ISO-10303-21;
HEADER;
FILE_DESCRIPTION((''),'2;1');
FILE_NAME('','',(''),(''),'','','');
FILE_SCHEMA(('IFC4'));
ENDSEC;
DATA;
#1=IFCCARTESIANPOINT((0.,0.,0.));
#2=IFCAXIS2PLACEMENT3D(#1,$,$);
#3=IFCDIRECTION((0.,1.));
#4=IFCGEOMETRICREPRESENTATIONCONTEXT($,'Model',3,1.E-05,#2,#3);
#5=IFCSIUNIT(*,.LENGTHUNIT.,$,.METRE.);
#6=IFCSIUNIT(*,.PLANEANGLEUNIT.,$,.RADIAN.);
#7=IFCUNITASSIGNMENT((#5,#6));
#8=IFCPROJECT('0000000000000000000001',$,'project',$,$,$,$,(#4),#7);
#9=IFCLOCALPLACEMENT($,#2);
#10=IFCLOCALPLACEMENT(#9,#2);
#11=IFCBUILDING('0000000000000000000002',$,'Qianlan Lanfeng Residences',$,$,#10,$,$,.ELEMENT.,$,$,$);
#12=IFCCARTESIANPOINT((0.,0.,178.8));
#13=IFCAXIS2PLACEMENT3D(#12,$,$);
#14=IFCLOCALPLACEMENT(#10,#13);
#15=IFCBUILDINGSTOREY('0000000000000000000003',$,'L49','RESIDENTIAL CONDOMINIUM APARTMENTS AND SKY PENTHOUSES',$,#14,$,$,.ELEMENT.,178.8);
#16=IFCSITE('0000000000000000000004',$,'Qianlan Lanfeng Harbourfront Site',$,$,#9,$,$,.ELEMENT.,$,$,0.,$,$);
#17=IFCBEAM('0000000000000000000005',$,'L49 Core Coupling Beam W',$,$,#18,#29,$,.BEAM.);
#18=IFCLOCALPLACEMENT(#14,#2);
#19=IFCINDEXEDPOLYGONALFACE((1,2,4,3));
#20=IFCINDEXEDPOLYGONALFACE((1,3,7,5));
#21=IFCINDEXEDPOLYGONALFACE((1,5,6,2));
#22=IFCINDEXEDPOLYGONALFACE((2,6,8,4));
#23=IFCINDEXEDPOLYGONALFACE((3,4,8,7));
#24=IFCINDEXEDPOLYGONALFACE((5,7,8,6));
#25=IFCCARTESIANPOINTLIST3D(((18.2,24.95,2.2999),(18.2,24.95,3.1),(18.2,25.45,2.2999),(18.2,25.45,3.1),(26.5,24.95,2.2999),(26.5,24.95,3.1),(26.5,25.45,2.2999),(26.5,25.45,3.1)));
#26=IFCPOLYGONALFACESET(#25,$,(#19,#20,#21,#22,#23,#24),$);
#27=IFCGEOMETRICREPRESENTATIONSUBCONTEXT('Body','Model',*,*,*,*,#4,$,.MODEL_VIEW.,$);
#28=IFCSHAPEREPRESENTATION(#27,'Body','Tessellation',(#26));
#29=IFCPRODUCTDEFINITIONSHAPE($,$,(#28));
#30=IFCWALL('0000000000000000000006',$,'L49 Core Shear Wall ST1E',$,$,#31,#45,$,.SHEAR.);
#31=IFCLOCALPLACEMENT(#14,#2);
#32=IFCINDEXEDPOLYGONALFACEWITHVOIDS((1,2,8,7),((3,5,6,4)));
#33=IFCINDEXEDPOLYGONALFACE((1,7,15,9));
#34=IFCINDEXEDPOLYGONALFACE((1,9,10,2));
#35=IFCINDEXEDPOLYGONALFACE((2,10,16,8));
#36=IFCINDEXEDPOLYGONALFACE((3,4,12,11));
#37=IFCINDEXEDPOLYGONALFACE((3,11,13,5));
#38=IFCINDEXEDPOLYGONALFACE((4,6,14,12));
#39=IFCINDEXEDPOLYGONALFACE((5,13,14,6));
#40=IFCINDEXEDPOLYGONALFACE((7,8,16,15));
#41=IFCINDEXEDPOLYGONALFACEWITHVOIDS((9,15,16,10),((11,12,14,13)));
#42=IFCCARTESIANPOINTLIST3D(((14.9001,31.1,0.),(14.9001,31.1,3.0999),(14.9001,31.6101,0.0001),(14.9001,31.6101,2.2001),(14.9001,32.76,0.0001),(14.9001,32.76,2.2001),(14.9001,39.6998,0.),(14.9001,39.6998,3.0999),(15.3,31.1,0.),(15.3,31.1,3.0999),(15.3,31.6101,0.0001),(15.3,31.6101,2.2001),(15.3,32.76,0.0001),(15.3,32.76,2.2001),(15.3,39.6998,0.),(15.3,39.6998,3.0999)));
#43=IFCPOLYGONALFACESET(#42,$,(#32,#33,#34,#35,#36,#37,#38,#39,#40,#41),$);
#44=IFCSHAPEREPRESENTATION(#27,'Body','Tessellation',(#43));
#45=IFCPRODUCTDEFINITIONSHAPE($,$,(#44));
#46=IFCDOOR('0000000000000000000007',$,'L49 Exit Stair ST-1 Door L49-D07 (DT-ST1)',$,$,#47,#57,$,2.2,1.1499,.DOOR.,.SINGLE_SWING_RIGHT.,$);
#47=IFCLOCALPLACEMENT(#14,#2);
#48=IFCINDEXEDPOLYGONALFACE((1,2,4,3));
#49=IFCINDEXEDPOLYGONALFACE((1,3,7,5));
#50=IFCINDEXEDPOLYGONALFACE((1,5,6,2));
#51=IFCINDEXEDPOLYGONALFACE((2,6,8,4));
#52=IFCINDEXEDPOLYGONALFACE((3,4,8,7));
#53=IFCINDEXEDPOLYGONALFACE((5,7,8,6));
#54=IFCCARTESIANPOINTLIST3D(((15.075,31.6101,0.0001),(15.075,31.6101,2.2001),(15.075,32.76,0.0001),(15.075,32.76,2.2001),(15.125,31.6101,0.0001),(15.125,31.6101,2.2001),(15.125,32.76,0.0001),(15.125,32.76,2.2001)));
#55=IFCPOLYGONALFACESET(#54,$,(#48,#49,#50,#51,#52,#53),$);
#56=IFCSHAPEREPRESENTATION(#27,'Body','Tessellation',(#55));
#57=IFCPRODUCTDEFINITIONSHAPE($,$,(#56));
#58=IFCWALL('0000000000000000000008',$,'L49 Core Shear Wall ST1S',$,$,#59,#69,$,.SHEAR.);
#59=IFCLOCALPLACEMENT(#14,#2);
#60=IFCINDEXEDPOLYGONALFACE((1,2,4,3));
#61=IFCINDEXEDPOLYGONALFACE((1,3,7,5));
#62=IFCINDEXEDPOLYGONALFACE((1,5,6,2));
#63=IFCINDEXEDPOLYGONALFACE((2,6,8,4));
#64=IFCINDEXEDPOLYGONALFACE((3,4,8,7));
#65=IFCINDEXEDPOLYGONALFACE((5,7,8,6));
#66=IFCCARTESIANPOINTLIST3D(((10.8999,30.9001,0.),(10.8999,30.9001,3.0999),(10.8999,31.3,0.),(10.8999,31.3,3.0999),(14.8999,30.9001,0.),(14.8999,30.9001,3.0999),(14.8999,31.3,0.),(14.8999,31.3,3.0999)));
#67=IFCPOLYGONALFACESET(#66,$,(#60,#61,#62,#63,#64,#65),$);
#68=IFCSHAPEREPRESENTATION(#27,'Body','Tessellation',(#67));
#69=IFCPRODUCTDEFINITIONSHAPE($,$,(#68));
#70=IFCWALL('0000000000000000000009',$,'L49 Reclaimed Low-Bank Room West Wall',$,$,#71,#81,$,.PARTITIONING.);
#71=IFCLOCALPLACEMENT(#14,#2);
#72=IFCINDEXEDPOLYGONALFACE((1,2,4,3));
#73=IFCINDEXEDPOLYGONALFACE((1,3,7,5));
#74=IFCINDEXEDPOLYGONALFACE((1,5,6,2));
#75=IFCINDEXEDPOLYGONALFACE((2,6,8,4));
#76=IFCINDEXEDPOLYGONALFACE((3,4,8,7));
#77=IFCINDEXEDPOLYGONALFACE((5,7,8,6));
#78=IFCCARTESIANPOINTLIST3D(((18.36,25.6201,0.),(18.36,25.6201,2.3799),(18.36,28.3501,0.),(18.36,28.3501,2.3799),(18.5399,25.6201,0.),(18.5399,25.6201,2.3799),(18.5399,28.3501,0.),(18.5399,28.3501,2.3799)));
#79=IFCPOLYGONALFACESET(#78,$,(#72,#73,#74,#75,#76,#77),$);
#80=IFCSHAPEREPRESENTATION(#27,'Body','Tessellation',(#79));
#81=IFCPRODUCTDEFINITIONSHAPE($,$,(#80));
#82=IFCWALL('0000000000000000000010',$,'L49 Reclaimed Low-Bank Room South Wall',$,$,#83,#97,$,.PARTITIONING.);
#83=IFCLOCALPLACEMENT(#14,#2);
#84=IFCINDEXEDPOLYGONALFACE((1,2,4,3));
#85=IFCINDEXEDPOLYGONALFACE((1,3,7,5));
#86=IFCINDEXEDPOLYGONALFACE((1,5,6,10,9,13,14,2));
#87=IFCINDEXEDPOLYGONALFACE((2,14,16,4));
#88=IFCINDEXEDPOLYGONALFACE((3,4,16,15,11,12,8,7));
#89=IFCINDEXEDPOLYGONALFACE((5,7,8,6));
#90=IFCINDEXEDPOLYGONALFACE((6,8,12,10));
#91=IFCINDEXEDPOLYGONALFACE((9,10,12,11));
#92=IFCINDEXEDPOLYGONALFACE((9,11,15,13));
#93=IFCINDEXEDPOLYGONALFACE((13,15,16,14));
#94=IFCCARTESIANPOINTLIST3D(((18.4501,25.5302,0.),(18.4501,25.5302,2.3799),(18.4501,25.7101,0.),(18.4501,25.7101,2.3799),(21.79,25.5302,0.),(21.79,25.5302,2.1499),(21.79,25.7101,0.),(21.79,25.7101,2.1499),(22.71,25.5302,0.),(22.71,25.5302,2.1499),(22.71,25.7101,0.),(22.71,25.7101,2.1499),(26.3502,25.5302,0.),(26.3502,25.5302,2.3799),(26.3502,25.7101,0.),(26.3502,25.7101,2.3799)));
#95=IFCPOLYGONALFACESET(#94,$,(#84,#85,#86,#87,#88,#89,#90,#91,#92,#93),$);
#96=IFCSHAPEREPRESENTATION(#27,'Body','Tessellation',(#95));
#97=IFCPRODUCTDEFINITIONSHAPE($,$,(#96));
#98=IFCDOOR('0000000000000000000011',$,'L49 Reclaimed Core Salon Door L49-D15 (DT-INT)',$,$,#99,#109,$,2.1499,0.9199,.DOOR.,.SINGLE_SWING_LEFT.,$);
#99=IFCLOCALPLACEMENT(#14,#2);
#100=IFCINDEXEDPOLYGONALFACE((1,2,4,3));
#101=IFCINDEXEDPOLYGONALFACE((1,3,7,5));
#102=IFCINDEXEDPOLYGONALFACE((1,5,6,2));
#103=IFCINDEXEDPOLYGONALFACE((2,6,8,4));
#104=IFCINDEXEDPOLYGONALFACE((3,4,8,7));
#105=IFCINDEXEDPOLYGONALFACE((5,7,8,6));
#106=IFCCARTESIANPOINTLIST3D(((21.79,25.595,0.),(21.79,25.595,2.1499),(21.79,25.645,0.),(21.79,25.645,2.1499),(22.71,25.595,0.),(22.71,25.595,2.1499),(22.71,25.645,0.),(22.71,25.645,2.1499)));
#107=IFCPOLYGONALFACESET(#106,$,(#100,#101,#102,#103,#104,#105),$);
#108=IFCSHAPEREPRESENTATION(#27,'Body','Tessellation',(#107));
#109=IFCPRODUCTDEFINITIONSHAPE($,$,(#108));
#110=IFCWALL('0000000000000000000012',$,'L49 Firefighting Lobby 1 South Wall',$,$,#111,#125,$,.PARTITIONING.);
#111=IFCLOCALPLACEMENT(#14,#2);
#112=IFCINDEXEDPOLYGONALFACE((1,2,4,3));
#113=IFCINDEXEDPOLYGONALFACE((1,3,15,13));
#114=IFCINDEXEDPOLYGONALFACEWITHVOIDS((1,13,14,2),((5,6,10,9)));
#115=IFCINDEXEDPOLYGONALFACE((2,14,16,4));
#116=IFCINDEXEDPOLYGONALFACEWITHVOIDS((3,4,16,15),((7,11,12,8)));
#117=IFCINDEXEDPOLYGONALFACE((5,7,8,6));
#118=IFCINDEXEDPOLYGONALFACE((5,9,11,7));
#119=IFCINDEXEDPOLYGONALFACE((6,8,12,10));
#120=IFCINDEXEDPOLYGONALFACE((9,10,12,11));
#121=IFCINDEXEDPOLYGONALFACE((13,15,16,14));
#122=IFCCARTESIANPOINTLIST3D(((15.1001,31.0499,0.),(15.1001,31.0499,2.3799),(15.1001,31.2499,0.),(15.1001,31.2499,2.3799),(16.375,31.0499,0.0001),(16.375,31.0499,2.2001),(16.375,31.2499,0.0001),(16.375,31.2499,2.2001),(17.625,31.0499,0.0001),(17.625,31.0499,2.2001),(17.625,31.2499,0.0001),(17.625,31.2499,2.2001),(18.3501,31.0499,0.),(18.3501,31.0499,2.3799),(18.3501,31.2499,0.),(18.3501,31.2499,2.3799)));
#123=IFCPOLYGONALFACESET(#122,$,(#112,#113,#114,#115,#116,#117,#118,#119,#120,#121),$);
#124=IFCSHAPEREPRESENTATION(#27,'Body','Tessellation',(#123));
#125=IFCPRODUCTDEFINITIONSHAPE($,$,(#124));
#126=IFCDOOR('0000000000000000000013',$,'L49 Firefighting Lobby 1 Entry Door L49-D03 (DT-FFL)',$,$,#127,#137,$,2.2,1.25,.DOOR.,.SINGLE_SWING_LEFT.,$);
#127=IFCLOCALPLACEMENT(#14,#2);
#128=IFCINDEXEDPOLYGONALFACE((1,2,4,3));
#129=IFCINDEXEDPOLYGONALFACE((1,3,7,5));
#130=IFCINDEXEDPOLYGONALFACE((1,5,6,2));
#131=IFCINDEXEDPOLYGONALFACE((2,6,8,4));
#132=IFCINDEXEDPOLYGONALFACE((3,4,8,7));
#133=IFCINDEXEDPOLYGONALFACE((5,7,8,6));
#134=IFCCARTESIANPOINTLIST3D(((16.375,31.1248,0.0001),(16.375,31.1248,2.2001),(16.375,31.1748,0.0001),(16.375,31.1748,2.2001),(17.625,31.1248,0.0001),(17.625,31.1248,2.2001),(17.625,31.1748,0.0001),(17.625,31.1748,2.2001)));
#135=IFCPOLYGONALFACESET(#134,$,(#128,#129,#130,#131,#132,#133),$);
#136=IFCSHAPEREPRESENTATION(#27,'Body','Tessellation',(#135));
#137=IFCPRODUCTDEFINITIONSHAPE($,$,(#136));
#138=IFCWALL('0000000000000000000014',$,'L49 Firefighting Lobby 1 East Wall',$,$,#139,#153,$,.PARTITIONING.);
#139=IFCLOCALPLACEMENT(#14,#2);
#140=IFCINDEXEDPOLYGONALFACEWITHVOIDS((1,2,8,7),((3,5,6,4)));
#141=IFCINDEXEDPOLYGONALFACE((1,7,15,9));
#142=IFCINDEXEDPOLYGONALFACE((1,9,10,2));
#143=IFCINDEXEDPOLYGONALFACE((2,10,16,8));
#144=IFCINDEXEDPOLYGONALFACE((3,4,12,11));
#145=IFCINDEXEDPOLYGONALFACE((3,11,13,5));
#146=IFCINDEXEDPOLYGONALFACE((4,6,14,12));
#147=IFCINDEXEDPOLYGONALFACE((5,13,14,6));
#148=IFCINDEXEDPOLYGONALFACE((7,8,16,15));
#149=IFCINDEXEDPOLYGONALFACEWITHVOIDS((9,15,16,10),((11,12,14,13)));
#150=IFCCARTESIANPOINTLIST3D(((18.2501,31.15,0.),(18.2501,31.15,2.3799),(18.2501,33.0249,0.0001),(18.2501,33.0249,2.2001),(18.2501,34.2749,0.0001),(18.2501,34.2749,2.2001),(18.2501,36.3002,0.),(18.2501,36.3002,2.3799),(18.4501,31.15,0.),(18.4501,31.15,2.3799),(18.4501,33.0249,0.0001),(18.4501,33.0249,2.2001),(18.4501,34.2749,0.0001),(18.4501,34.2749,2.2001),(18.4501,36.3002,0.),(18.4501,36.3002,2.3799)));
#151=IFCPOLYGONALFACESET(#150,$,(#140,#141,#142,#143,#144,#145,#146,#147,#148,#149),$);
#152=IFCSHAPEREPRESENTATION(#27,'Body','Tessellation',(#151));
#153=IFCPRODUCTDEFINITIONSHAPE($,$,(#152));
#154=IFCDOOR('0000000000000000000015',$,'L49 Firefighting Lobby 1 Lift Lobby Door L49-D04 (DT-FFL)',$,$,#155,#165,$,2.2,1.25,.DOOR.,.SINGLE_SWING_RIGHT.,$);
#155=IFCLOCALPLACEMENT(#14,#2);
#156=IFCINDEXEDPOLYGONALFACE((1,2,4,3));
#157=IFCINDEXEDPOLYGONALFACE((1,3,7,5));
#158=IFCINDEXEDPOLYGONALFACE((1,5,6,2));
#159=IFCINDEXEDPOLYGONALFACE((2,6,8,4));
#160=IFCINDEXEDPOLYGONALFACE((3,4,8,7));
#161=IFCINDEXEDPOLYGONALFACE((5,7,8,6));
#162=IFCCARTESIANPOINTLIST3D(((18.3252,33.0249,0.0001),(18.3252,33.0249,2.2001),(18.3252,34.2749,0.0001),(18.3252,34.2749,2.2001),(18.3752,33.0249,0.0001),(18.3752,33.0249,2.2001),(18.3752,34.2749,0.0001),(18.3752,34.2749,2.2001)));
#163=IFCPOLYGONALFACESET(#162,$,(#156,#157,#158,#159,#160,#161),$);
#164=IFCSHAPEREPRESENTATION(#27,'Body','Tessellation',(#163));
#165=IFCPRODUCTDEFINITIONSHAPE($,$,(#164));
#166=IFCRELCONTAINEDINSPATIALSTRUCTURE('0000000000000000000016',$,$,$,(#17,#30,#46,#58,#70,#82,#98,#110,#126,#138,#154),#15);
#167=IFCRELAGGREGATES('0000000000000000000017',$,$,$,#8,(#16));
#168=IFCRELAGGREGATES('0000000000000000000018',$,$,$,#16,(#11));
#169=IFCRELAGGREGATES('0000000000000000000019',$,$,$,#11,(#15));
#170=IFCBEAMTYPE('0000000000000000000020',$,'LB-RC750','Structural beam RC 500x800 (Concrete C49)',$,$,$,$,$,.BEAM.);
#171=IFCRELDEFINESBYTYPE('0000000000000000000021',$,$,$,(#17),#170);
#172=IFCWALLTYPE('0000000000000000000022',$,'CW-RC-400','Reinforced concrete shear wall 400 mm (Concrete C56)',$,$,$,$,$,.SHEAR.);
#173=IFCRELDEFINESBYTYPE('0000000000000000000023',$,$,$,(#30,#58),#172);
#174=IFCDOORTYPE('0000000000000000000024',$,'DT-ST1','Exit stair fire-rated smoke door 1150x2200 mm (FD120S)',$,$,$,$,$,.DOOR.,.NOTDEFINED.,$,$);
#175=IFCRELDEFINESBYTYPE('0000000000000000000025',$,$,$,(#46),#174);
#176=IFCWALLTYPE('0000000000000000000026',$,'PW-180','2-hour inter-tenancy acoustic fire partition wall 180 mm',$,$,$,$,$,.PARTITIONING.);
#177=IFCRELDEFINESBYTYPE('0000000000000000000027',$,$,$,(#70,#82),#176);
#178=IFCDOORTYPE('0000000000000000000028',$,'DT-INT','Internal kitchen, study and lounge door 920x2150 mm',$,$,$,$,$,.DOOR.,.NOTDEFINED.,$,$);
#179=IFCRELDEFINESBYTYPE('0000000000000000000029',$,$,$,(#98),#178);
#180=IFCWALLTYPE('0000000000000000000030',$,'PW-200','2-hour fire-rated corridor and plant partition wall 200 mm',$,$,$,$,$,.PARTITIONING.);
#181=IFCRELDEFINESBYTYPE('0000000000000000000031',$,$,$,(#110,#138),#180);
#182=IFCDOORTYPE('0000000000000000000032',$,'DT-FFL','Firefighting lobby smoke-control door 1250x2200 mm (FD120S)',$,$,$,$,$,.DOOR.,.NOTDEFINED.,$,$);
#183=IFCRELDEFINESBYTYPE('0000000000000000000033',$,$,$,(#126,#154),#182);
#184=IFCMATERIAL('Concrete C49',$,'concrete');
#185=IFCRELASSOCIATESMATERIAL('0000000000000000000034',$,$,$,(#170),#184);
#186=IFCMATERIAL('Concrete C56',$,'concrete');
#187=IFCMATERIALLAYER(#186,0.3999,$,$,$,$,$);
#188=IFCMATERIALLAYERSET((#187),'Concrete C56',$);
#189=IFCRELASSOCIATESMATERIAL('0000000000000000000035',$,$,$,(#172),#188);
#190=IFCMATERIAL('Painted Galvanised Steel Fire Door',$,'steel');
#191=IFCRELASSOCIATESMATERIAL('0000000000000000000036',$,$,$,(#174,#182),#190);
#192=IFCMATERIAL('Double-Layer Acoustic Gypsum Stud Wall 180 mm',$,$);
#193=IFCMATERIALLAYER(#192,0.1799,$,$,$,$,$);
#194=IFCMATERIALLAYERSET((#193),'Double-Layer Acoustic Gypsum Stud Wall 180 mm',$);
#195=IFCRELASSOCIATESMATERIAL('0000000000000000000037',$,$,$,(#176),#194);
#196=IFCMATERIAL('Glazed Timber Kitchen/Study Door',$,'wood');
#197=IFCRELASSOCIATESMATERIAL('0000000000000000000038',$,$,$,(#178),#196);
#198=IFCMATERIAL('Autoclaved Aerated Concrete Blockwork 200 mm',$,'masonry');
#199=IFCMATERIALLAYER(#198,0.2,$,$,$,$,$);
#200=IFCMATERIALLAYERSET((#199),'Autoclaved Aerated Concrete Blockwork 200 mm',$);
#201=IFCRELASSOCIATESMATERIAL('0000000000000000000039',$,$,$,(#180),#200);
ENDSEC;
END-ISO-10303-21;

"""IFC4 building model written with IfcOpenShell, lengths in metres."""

from ifc_helpers import new_model, si_unit, direction, frame, frame_2d, origin, origin_2d, place, context, subcontext, project, spatial, rectangle, extrude, material, layer, layer_set, material_profile, profile_set, type_object, element, fill, save


model = new_model("IFC4")

# Units and contexts
model_context = context("Model", 3, precision=1e-05, world=origin(), true_north=direction((0.0, 1.0)))
body_context = subcontext(model_context, "Body", "Model", "MODEL_VIEW")
ifc_project = project(units=[si_unit("LENGTHUNIT", "METRE"), si_unit("PLANEANGLEUNIT", "RADIAN")], contexts=[model_context])

# Site, building, storey
site_placement = place(None, origin())
site = spatial("IfcSite", under=ifc_project, at=site_placement, Name="Qianlan Lanfeng Harbourfront Site", CompositionType="ELEMENT", RefElevation=0.0)
building_placement = place(site_placement, origin())
building = spatial("IfcBuilding", under=site, at=building_placement, Name="Qianlan Lanfeng Residences", CompositionType="ELEMENT")
storey_placement = place(building_placement, frame((0.0, 0.0, 178.8)))
storey = spatial("IfcBuildingStorey", under=building, at=storey_placement, Name="L49", Description="RESIDENTIAL CONDOMINIUM APARTMENTS AND SKY PENTHOUSES", CompositionType="ELEMENT", Elevation=178.8)

# Beam
ifc_material_1 = material(Name="Concrete C49", Category="concrete")
ifc_material_profile = material_profile(ifc_material_1, rectangle(XDim=0.5, YDim=0.8, at=origin_2d()), Name="RC 500x800")
ifc_profile_set = profile_set([ifc_material_profile], Name="Concrete C49")
beam_type = type_object("IfcBeamType", Name="LB-RC750", Description="Structural beam RC 500x800 (Concrete C49)", PredefinedType="BEAM", material=ifc_profile_set)
beam_placement = place(storey_placement, frame((18.2, 25.2, 2.7), z_axis=(1.0, 0.0, 0.0), x_axis=(0.0, 1.0, 0.0)))
element("IfcBeam", 1, at=beam_placement, inside=storey, type_object=beam_type, Name="L49 Core Coupling Beam W", PredefinedType="BEAM", context=body_context, shape_type="SweptSolid", body=[
    extrude(rectangle(XDim=0.5, YDim=0.8, at=origin_2d()), origin(), (0.0, 0.0, 1.0), 8.3),
])

# Wall, opening, door
ifc_material_2 = material(Name="Concrete C56", Category="concrete")
ifc_layer_1 = layer(ifc_material_2, 0.3999)
ifc_layer_set_1 = layer_set([ifc_layer_1], Name="Concrete C56")
wall_type_1 = type_object("IfcWallType", Name="CW-RC-400", Description="Reinforced concrete shear wall 400 mm (Concrete C56)", PredefinedType="SHEAR", material=ifc_layer_set_1)
wall_1_placement = place(storey_placement, frame((15.1001, 31.1001, 0.0), z_axis=(0.0, 0.0, 1.0), x_axis=(0.0, 1.0, 0.0)))
wall_1 = element("IfcWall", 2, at=wall_1_placement, inside=storey, type_object=wall_type_1, Name="L49 Core Shear Wall ST1E", PredefinedType="SHEAR", context=body_context, shape_type="SweptSolid", body=[
    extrude(rectangle(XDim=8.5999, YDim=0.3999, at=frame_2d((4.2998, 0.0))), origin(), (0.0, 0.0, 1.0), 3.0999),
])
opening_1_placement = place(wall_1_placement, frame((0.51, 0.0, 0.0)))
opening_1 = element("IfcOpeningElement", 3, at=opening_1_placement, cuts=wall_1, PredefinedType="OPENING", context=body_context, shape_type="SweptSolid", body=[
    extrude(rectangle(XDim=1.1499, YDim=2.2, at=frame_2d((0.575, 1.1001))), frame((0.0, 0.21, 0.0), z_axis=(0.0, -1.0, 0.0), x_axis=(1.0, 0.0, 0.0)), (0.0, 0.0, 1.0), 0.4199),
])
ifc_material_3 = material(Name="Painted Galvanised Steel Fire Door", Category="steel")
door_type_1 = type_object("IfcDoorType", Name="DT-ST1", Description="Exit stair fire-rated smoke door 1150x2200 mm (FD120S)", OperationType="NOTDEFINED", PredefinedType="DOOR", material=ifc_material_3)
door_1_placement = place(opening_1_placement, frame((1.1499, 0.0, 0.0), z_axis=(0.0, 0.0, 1.0), x_axis=(-1.0, 0.0, 0.0)))
door_1 = element("IfcDoor", 4, at=door_1_placement, inside=storey, type_object=door_type_1, Name="L49 Exit Stair ST-1 Door L49-D07 (DT-ST1)", OperationType="SINGLE_SWING_RIGHT", OverallHeight=2.2, OverallWidth=1.1499, PredefinedType="DOOR", context=body_context, shape_type="SweptSolid", body=[
    extrude(rectangle(XDim=1.1499, YDim=2.2, at=frame_2d((0.575, 1.1001))), frame((0.0, 0.0249, 0.0), z_axis=(0.0, -1.0, 0.0), x_axis=(1.0, 0.0, 0.0)), (0.0, 0.0, 1.0), 0.05),
])
fill(opening_1, door_1)

# Wall
wall_2_placement = place(storey_placement, frame((10.8999, 31.1001, 0.0), z_axis=(0.0, 0.0, 1.0), x_axis=(1.0, 0.0, 0.0)))
element("IfcWall", 5, at=wall_2_placement, inside=storey, type_object=wall_type_1, Name="L49 Core Shear Wall ST1S", PredefinedType="SHEAR", context=body_context, shape_type="SweptSolid", body=[
    extrude(rectangle(XDim=4.0, YDim=0.3999, at=frame_2d((2.0, 0.0))), origin(), (0.0, 0.0, 1.0), 3.0999),
])

# Shared definitions
ifc_material_4 = material(Name="Double-Layer Acoustic Gypsum Stud Wall 180 mm")
ifc_layer_2 = layer(ifc_material_4, 0.1799)
ifc_layer_set_2 = layer_set([ifc_layer_2], Name="Double-Layer Acoustic Gypsum Stud Wall 180 mm")
wall_type_2 = type_object("IfcWallType", Name="PW-180", Description="2-hour inter-tenancy acoustic fire partition wall 180 mm", PredefinedType="PARTITIONING", material=ifc_layer_set_2)
ifc_material_5 = material(Name="Glazed Timber Kitchen/Study Door", Category="wood")
door_type_2 = type_object("IfcDoorType", Name="DT-INT", Description="Internal kitchen, study and lounge door 920x2150 mm", OperationType="NOTDEFINED", PredefinedType="DOOR", material=ifc_material_5)

# Wall
wall_3_placement = place(storey_placement, frame((18.45, 25.6201, 0.0), z_axis=(0.0, 0.0, 1.0), x_axis=(0.0, 1.0, 0.0)))
element("IfcWall", 6, at=wall_3_placement, inside=storey, type_object=wall_type_2, Name="L49 Reclaimed Low-Bank Room West Wall", PredefinedType="PARTITIONING", context=body_context, shape_type="SweptSolid", body=[
    extrude(rectangle(XDim=2.73, YDim=0.1799, at=frame_2d((1.365, 0.0))), origin(), (0.0, 0.0, 1.0), 2.3799),
])

# Walls, openings, doors
wall_4_placement = place(storey_placement, frame((18.45, 25.6201, 0.0), z_axis=(0.0, 0.0, 1.0), x_axis=(1.0, 0.0, 0.0)))
wall_4 = element("IfcWall", 7, at=wall_4_placement, inside=storey, type_object=wall_type_2, Name="L49 Reclaimed Low-Bank Room South Wall", PredefinedType="PARTITIONING", context=body_context, shape_type="SweptSolid", body=[
    extrude(rectangle(XDim=7.9001, YDim=0.1799, at=frame_2d((3.9502, 0.0))), origin(), (0.0, 0.0, 1.0), 2.3799),
])
opening_2_placement = place(wall_4_placement, frame((3.3401, 0.0, 0.0)))
opening_2 = element("IfcOpeningElement", 8, at=opening_2_placement, cuts=wall_4, PredefinedType="OPENING", context=body_context, shape_type="SweptSolid", body=[
    extrude(rectangle(XDim=0.9199, YDim=2.1499, at=frame_2d((0.46, 1.075))), frame((0.0, 0.1001, 0.0), z_axis=(0.0, -1.0, 0.0), x_axis=(1.0, 0.0, 0.0)), (0.0, 0.0, 1.0), 0.2),
])
door_2_placement = place(opening_2_placement, origin())
door_2 = element("IfcDoor", 9, at=door_2_placement, inside=storey, type_object=door_type_2, Name="L49 Reclaimed Core Salon Door L49-D15 (DT-INT)", OperationType="SINGLE_SWING_LEFT", OverallHeight=2.1499, OverallWidth=0.9199, PredefinedType="DOOR", context=body_context, shape_type="SweptSolid", body=[
    extrude(rectangle(XDim=0.9199, YDim=2.1499, at=frame_2d((0.46, 1.075))), frame((0.0, 0.0249, 0.0), z_axis=(0.0, -1.0, 0.0), x_axis=(1.0, 0.0, 0.0)), (0.0, 0.0, 1.0), 0.05),
])
fill(opening_2, door_2)
ifc_material_6 = material(Name="Autoclaved Aerated Concrete Blockwork 200 mm", Category="masonry")
ifc_layer_3 = layer(ifc_material_6, 0.2)
ifc_layer_set_3 = layer_set([ifc_layer_3], Name="Autoclaved Aerated Concrete Blockwork 200 mm")
wall_type_3 = type_object("IfcWallType", Name="PW-200", Description="2-hour fire-rated corridor and plant partition wall 200 mm", PredefinedType="PARTITIONING", material=ifc_layer_set_3)
wall_5_placement = place(storey_placement, frame((15.1001, 31.1499, 0.0), z_axis=(0.0, 0.0, 1.0), x_axis=(1.0, 0.0, 0.0)))
wall_5 = element("IfcWall", 10, at=wall_5_placement, inside=storey, type_object=wall_type_3, Name="L49 Firefighting Lobby 1 South Wall", PredefinedType="PARTITIONING", context=body_context, shape_type="SweptSolid", body=[
    extrude(rectangle(XDim=3.25, YDim=0.2, at=frame_2d((1.625, 0.0))), origin(), (0.0, 0.0, 1.0), 2.3799),
])
opening_3_placement = place(wall_5_placement, frame((1.2749, 0.0, 0.0)))
opening_3 = element("IfcOpeningElement", 11, at=opening_3_placement, cuts=wall_5, PredefinedType="OPENING", context=body_context, shape_type="SweptSolid", body=[
    extrude(rectangle(XDim=1.25, YDim=2.2, at=frame_2d((0.625, 1.1001))), frame((0.0, 0.1099, 0.0), z_axis=(0.0, -1.0, 0.0), x_axis=(1.0, 0.0, 0.0)), (0.0, 0.0, 1.0), 0.22),
])
door_type_3 = type_object("IfcDoorType", Name="DT-FFL", Description="Firefighting lobby smoke-control door 1250x2200 mm (FD120S)", OperationType="NOTDEFINED", PredefinedType="DOOR", material=ifc_material_3)
door_3_placement = place(opening_3_placement, origin())
door_3 = element("IfcDoor", 12, at=door_3_placement, inside=storey, type_object=door_type_3, Name="L49 Firefighting Lobby 1 Entry Door L49-D03 (DT-FFL)", OperationType="SINGLE_SWING_LEFT", OverallHeight=2.2, OverallWidth=1.25, PredefinedType="DOOR", context=body_context, shape_type="SweptSolid", body=[
    extrude(rectangle(XDim=1.25, YDim=2.2, at=frame_2d((0.625, 1.1001))), frame((0.0, 0.0249, 0.0), z_axis=(0.0, -1.0, 0.0), x_axis=(1.0, 0.0, 0.0)), (0.0, 0.0, 1.0), 0.05),
])
fill(opening_3, door_3)
wall_6_placement = place(storey_placement, frame((18.3501, 31.1499, 0.0), z_axis=(0.0, 0.0, 1.0), x_axis=(0.0, 1.0, 0.0)))
wall_6 = element("IfcWall", 13, at=wall_6_placement, inside=storey, type_object=wall_type_3, Name="L49 Firefighting Lobby 1 East Wall", PredefinedType="PARTITIONING", context=body_context, shape_type="SweptSolid", body=[
    extrude(rectangle(XDim=5.1501, YDim=0.2, at=frame_2d((2.5752, 0.0))), origin(), (0.0, 0.0, 1.0), 2.3799),
])
opening_4_placement = place(wall_6_placement, frame((1.875, 0.0, 0.0)))
opening_4 = element("IfcOpeningElement", 14, at=opening_4_placement, cuts=wall_6, PredefinedType="OPENING", context=body_context, shape_type="SweptSolid", body=[
    extrude(rectangle(XDim=1.25, YDim=2.2, at=frame_2d((0.625, 1.1001))), frame((0.0, 0.1099, 0.0), z_axis=(0.0, -1.0, 0.0), x_axis=(1.0, 0.0, 0.0)), (0.0, 0.0, 1.0), 0.22),
])
door_4_placement = place(opening_4_placement, origin())
door_4 = element("IfcDoor", 15, at=door_4_placement, inside=storey, type_object=door_type_3, Name="L49 Firefighting Lobby 1 Lift Lobby Door L49-D04 (DT-FFL)", OperationType="SINGLE_SWING_RIGHT", OverallHeight=2.2, OverallWidth=1.25, PredefinedType="DOOR", context=body_context, shape_type="SweptSolid", body=[
    extrude(rectangle(XDim=1.25, YDim=2.2, at=frame_2d((0.625, 1.1001))), frame((0.0, 0.0249, 0.0), z_axis=(0.0, -1.0, 0.0), x_axis=(1.0, 0.0, 0.0)), (0.0, 0.0, 1.0), 0.05),
])
fill(opening_4, door_4)

save(model, "model.ifc")
